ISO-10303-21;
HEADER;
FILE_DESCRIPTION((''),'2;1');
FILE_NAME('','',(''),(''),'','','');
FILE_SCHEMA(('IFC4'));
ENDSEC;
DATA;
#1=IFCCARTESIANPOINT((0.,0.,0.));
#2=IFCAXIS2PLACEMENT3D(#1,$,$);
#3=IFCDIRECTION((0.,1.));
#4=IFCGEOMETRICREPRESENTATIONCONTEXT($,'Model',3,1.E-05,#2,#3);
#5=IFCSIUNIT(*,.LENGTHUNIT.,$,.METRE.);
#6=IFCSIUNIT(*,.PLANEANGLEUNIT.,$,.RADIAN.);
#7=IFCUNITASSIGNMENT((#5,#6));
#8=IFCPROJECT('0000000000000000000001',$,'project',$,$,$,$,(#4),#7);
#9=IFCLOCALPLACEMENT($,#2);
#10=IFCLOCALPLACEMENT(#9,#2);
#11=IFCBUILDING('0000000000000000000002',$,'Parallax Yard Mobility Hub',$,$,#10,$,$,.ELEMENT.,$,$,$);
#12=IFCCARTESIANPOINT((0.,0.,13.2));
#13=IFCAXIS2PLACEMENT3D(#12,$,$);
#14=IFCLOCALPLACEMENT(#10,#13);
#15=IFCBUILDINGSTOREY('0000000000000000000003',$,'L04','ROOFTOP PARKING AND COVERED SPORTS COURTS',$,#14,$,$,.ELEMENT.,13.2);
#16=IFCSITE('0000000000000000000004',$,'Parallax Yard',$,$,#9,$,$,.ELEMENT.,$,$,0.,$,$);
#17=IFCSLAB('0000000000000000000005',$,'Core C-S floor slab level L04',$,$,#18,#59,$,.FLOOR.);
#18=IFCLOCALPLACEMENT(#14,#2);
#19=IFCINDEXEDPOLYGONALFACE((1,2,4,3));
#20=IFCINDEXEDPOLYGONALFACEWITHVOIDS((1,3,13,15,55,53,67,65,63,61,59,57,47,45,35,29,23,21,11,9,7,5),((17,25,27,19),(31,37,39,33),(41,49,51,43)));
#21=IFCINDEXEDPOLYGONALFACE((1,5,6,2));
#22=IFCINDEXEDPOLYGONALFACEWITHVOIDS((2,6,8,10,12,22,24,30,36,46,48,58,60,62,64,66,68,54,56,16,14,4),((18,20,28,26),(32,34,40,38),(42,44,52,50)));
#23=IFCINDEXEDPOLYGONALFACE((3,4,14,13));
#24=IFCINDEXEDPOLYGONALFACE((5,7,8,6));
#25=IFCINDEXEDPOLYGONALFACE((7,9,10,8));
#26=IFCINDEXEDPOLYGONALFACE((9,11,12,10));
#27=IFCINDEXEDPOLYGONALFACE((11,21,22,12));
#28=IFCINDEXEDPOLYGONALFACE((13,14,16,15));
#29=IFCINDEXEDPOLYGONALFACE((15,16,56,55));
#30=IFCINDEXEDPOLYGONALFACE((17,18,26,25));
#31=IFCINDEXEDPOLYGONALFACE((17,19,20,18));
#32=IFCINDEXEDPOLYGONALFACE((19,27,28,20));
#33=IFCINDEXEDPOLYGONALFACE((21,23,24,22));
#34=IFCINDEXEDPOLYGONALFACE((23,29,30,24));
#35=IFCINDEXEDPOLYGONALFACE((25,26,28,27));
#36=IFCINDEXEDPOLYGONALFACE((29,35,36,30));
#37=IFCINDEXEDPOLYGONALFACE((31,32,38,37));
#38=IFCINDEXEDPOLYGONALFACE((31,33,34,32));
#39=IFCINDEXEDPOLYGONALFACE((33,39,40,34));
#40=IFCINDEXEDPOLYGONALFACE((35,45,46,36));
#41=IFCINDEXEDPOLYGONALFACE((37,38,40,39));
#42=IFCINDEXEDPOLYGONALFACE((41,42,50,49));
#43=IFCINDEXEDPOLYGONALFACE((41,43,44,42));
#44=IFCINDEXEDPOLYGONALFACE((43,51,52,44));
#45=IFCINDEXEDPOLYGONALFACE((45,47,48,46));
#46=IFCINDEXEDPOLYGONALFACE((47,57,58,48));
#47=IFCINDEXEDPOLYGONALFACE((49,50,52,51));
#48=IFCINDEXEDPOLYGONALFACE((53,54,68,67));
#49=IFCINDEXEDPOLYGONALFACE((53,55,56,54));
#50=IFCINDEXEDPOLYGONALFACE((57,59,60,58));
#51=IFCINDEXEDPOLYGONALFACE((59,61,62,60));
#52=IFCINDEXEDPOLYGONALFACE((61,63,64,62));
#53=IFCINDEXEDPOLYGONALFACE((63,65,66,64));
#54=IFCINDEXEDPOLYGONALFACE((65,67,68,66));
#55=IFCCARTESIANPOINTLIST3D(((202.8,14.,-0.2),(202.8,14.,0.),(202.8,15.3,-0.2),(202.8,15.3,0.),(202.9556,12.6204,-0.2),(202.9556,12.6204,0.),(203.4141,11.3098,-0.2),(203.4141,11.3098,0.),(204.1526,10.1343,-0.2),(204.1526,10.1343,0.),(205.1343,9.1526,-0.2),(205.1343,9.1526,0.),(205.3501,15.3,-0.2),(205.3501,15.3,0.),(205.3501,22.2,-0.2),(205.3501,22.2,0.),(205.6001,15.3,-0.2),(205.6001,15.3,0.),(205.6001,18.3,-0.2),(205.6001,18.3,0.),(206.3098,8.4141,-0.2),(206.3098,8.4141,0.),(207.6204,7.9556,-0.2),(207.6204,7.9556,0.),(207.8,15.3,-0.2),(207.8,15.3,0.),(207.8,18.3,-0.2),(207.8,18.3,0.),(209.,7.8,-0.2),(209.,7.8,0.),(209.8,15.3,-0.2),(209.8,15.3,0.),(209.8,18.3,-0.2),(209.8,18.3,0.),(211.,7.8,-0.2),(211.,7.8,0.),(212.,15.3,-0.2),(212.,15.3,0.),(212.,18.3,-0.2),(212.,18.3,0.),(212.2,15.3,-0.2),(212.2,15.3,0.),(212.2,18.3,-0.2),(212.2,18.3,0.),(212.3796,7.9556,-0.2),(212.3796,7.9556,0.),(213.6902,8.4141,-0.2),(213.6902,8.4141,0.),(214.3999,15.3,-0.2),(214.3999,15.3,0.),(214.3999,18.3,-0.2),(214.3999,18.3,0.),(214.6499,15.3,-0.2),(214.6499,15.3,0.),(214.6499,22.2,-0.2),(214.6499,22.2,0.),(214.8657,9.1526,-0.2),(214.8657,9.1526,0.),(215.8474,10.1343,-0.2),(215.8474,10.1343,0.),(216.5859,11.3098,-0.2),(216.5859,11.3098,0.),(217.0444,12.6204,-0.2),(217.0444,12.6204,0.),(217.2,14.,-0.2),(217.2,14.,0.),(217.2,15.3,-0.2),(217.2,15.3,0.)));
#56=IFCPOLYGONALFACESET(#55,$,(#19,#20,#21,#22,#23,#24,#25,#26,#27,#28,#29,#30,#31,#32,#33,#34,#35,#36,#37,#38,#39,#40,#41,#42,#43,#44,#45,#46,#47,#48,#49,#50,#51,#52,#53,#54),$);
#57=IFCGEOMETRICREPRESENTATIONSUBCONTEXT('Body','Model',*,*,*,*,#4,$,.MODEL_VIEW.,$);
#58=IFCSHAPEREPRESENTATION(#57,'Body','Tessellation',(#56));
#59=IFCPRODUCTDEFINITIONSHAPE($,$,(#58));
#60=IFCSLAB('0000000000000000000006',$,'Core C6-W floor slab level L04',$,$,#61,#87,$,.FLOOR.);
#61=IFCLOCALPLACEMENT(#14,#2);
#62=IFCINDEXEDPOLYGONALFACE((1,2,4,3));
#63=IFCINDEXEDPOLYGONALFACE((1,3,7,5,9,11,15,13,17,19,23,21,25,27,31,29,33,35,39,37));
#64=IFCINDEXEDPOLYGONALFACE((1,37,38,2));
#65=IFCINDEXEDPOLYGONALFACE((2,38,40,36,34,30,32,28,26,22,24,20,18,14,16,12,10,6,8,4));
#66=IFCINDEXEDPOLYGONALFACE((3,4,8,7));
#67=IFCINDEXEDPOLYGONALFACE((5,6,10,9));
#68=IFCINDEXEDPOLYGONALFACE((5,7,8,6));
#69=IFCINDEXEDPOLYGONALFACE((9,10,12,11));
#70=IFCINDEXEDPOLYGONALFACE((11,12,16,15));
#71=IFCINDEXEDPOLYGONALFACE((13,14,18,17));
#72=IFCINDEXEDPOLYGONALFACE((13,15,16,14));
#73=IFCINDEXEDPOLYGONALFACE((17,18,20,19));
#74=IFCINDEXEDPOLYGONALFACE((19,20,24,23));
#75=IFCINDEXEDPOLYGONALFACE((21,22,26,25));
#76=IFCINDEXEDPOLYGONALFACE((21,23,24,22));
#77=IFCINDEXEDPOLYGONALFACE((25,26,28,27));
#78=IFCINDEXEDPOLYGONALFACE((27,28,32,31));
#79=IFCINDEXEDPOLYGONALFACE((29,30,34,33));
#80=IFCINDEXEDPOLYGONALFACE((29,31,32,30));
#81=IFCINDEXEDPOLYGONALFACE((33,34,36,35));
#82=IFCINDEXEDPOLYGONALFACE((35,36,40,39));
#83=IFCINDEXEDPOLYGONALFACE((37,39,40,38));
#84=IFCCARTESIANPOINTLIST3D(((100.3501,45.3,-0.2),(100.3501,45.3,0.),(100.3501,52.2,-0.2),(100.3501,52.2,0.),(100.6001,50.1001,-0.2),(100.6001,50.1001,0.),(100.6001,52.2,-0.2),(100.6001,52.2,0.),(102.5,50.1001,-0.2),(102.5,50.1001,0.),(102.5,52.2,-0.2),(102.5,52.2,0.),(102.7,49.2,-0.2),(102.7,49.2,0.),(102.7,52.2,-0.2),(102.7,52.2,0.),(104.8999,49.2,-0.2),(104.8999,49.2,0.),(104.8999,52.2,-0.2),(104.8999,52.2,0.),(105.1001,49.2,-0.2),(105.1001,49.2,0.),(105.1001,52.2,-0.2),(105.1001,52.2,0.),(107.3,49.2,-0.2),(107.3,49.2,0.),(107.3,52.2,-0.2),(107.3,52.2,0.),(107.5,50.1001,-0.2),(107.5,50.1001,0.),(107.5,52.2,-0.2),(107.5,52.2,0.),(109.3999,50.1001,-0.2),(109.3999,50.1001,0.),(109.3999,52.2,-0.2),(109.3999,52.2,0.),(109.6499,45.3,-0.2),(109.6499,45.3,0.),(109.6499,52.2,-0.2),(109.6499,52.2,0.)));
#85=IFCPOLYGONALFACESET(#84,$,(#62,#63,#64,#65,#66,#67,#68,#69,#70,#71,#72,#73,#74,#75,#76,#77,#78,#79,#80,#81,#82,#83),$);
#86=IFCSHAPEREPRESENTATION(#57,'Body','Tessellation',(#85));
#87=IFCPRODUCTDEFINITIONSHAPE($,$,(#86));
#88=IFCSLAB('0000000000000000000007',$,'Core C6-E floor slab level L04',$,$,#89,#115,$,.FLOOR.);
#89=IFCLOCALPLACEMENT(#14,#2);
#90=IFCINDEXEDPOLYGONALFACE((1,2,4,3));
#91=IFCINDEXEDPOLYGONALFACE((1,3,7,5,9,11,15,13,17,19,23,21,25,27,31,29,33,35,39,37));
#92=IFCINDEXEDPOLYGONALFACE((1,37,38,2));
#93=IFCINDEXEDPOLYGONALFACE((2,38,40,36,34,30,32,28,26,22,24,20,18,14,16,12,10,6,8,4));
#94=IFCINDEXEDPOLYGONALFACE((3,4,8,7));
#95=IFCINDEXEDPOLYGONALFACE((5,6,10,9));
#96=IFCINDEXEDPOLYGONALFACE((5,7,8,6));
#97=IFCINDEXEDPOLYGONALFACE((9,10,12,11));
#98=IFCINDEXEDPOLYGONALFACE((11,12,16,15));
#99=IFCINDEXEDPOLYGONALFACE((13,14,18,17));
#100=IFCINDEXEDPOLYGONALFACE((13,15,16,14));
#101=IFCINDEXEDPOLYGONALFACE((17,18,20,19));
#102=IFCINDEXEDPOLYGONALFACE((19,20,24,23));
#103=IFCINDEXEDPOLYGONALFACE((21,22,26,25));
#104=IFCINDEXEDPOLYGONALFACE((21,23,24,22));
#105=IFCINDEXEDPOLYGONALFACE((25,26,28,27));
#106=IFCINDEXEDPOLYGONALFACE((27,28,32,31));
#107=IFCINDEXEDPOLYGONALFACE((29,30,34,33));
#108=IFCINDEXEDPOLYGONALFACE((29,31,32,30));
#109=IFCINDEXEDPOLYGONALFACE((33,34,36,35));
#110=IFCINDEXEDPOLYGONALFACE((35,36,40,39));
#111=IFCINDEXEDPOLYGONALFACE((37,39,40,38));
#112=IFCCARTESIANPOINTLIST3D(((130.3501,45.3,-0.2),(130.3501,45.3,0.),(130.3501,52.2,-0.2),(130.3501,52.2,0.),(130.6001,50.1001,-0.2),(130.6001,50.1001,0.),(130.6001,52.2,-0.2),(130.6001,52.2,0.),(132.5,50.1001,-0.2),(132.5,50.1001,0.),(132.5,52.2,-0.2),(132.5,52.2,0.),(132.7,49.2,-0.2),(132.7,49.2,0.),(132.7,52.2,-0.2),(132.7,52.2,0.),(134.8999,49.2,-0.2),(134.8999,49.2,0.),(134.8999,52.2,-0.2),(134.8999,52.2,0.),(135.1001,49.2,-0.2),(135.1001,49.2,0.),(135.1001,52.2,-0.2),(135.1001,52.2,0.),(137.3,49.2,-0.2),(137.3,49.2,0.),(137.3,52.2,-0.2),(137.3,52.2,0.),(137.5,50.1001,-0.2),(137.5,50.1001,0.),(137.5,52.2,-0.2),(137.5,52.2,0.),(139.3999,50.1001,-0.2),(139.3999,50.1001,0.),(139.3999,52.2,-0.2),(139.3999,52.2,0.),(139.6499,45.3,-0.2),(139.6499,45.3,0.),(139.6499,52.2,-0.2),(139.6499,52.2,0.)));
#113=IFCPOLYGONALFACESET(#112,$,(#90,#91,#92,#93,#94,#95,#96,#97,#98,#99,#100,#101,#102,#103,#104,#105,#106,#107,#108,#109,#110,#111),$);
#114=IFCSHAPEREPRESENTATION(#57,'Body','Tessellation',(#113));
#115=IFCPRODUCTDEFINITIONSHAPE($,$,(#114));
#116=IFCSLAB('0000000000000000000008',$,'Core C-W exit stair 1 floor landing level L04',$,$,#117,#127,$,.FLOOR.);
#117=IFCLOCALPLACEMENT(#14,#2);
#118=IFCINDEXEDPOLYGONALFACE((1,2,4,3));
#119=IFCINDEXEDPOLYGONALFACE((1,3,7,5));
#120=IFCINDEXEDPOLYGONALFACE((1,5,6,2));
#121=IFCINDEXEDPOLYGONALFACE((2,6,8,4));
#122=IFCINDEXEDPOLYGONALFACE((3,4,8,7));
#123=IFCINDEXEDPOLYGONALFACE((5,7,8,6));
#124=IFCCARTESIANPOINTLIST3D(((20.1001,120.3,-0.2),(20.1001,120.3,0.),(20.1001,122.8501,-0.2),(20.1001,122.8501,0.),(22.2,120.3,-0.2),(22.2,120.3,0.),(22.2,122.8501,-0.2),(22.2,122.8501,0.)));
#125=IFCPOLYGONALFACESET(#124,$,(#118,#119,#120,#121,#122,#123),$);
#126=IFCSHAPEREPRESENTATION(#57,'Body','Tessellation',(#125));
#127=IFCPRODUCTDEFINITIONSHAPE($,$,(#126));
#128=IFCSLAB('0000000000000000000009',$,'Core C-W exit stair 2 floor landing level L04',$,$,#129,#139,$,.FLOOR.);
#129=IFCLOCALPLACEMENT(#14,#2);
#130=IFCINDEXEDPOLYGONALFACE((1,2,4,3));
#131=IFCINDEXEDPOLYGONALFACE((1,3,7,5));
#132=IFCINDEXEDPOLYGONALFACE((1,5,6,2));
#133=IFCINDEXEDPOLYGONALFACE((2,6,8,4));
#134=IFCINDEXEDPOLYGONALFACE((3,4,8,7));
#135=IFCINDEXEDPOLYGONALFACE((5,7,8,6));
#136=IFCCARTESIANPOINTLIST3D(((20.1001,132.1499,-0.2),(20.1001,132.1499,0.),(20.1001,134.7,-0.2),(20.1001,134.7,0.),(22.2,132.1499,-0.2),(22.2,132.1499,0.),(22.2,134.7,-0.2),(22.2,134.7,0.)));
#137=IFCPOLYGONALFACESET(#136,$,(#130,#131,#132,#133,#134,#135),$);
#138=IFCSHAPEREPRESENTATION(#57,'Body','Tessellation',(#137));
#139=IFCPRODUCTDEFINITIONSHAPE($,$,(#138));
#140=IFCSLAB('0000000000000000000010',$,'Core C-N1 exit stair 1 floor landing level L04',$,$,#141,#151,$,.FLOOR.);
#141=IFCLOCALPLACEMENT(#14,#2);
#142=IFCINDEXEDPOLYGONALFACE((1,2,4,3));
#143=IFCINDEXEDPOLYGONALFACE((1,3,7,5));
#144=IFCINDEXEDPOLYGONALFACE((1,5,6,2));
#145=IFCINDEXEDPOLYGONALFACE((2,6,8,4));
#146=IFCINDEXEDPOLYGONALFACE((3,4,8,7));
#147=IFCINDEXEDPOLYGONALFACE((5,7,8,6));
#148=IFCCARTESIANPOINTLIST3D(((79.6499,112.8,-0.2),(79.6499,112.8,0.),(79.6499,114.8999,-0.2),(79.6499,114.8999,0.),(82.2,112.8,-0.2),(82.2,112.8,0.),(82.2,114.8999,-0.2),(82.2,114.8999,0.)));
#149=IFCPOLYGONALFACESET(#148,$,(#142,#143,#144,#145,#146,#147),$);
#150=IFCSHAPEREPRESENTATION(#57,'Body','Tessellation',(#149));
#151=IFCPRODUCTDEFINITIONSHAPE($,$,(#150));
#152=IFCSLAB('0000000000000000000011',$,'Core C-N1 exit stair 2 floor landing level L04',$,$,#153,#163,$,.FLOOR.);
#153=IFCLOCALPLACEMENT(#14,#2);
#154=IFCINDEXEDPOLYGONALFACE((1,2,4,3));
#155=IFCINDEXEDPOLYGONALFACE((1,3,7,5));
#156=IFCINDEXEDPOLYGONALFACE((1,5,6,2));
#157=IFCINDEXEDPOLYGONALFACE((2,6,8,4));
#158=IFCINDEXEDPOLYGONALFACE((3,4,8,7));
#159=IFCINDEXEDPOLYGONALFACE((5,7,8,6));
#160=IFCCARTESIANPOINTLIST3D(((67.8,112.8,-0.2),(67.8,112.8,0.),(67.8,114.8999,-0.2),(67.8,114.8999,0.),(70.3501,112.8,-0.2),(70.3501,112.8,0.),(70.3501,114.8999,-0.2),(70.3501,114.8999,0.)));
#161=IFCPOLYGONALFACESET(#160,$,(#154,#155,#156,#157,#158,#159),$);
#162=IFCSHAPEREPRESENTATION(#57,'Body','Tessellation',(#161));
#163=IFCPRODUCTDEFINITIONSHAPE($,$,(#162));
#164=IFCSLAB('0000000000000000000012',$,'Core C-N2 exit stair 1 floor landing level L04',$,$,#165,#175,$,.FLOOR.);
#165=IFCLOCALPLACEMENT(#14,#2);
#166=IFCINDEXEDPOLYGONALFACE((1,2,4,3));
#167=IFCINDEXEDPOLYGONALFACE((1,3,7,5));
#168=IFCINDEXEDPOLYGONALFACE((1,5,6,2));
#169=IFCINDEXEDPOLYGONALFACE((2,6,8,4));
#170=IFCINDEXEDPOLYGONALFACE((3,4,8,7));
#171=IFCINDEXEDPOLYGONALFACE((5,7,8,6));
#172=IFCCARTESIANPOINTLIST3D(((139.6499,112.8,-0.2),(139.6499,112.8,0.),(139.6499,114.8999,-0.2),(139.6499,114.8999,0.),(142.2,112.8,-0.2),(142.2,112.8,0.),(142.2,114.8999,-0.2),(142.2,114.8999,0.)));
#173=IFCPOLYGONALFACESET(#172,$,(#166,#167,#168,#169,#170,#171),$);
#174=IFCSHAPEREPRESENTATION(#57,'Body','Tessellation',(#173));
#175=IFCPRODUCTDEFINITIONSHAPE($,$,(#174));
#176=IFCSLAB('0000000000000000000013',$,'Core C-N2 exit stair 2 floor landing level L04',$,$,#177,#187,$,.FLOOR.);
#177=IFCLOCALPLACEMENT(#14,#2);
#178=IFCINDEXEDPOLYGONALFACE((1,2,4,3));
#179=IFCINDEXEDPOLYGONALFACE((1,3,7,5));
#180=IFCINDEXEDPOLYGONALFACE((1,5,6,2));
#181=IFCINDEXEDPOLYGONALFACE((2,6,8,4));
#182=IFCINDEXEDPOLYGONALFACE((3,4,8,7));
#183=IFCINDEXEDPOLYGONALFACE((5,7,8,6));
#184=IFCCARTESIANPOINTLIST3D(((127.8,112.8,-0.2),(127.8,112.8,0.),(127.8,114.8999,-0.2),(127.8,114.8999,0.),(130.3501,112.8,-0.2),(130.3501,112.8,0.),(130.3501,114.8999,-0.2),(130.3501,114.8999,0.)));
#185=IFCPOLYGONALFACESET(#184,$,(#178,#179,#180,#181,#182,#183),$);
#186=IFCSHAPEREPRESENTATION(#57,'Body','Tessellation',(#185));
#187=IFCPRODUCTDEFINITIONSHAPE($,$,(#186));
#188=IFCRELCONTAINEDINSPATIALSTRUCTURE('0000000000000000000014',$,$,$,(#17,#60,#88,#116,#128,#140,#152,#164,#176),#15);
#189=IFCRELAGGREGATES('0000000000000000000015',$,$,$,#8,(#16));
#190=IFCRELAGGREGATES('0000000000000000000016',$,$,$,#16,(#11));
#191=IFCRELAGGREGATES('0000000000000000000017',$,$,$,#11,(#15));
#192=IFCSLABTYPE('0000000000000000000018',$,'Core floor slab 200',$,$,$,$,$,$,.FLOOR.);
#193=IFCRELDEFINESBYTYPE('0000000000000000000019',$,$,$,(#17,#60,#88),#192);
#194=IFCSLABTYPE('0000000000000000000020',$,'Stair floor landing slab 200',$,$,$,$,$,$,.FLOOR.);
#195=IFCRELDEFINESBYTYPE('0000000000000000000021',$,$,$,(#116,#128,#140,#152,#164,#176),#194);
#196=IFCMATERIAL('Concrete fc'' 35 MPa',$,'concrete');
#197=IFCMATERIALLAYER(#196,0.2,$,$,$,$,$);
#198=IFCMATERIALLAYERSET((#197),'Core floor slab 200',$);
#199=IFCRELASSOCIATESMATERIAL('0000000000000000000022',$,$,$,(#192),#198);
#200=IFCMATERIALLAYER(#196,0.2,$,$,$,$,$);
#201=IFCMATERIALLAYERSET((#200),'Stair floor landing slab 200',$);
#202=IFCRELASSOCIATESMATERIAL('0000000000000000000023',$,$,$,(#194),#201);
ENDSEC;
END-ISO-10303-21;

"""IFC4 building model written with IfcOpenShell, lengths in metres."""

from ifc_helpers import new_model, si_unit, direction, frame, origin, place, context, subcontext, project, spatial, polyline, outline, extrude, material, layer, layer_set, type_object, element, save


model = new_model("IFC4")

# Units and contexts
model_context = context("Model", 3, precision=1e-05, world=origin(), true_north=direction((0.0, 1.0)))
body_context = subcontext(model_context, "Body", "Model", "MODEL_VIEW")
ifc_project = project(units=[si_unit("LENGTHUNIT", "METRE"), si_unit("PLANEANGLEUNIT", "RADIAN")], contexts=[model_context])

# Site, building, storey
site_placement = place(None, origin())
site = spatial("IfcSite", under=ifc_project, at=site_placement, Name="Parallax Yard", CompositionType="ELEMENT", RefElevation=0.0)
building_placement = place(site_placement, origin())
building = spatial("IfcBuilding", under=site, at=building_placement, Name="Parallax Yard Mobility Hub", CompositionType="ELEMENT")
storey_placement = place(building_placement, frame((0.0, 0.0, 13.2)))
storey = spatial("IfcBuildingStorey", under=building, at=storey_placement, Name="L04", Description="ROOFTOP PARKING AND COVERED SPORTS COURTS", CompositionType="ELEMENT", Elevation=13.2)

# Slabs
ifc_material_1 = material(Name="Concrete fc' 35 MPa", Category="concrete")
ifc_layer_1 = layer(ifc_material_1, 0.2)
ifc_layer_set_1 = layer_set([ifc_layer_1], Name="Core floor slab 200")
slab_type_1 = type_object("IfcSlabType", Name="Core floor slab 200", PredefinedType="FLOOR", material=ifc_layer_set_1)
slab_1_placement = place(storey_placement, frame((0.0, 0.0, -0.2)))
element("IfcSlab", 1, at=slab_1_placement, inside=storey, type_object=slab_type_1, Name="Core C-S floor slab level L04", PredefinedType="FLOOR", context=body_context, shape_type="SweptSolid", body=[
    extrude(outline(polyline([(216.5859, 11.3098), (215.8474, 10.1343), (214.8657, 9.1526), (213.6902, 8.4141), (212.3796, 7.9556), (211.0, 7.8), (209.0, 7.8), (207.6204, 7.9556), (206.3098, 8.4141), (205.1343, 9.1526), (204.1526, 10.1343), (203.4141, 11.3098), (202.9556, 12.6204), (202.8, 14.0), (202.8, 15.3), (205.3501, 15.3), (205.3501, 22.2), (214.6499, 22.2), (214.6499, 15.3), (217.2, 15.3), (217.2, 14.0), (217.0444, 12.6204), (216.5859, 11.3098)]), holes=[polyline([(214.3999, 18.3), (212.2, 18.3), (212.2, 15.3), (214.3999, 15.3), (214.3999, 18.3)]), polyline([(212.0, 15.3), (212.0, 18.3), (209.8, 18.3), (209.8, 15.3), (212.0, 15.3)]), polyline([(205.6001, 15.3), (207.8, 15.3), (207.8, 18.3), (205.6001, 18.3), (205.6001, 15.3)])]), origin(), (0.0, 0.0, 1.0), 0.2),
])
slab_2_placement = place(storey_placement, frame((0.0, 0.0, -0.2)))
element("IfcSlab", 2, at=slab_2_placement, inside=storey, type_object=slab_type_1, Name="Core C6-W floor slab level L04", PredefinedType="FLOOR", context=body_context, shape_type="SweptSolid", body=[
    extrude(outline(polyline([(104.8999, 49.2), (104.8999, 52.2), (105.1001, 52.2), (105.1001, 49.2), (107.3, 49.2), (107.3, 52.2), (107.5, 52.2), (107.5, 50.1001), (109.3999, 50.1001), (109.3999, 52.2), (109.6499, 52.2), (109.6499, 45.3), (100.3501, 45.3), (100.3501, 52.2), (100.6001, 52.2), (100.6001, 50.1001), (102.5, 50.1001), (102.5, 52.2), (102.7, 52.2), (102.7, 49.2), (104.8999, 49.2)])), origin(), (0.0, 0.0, 1.0), 0.2),
])
slab_3_placement = place(storey_placement, frame((0.0, 0.0, -0.2)))
element("IfcSlab", 3, at=slab_3_placement, inside=storey, type_object=slab_type_1, Name="Core C6-E floor slab level L04", PredefinedType="FLOOR", context=body_context, shape_type="SweptSolid", body=[
    extrude(outline(polyline([(134.8999, 49.2), (134.8999, 52.2), (135.1001, 52.2), (135.1001, 49.2), (137.3, 49.2), (137.3, 52.2), (137.5, 52.2), (137.5, 50.1001), (139.3999, 50.1001), (139.3999, 52.2), (139.6499, 52.2), (139.6499, 45.3), (130.3501, 45.3), (130.3501, 52.2), (130.6001, 52.2), (130.6001, 50.1001), (132.5, 50.1001), (132.5, 52.2), (132.7, 52.2), (132.7, 49.2), (134.8999, 49.2)])), origin(), (0.0, 0.0, 1.0), 0.2),
])
ifc_layer_2 = layer(ifc_material_1, 0.2)
ifc_layer_set_2 = layer_set([ifc_layer_2], Name="Stair floor landing slab 200")
slab_type_2 = type_object("IfcSlabType", Name="Stair floor landing slab 200", PredefinedType="FLOOR", material=ifc_layer_set_2)
slab_4_placement = place(storey_placement, frame((0.0, 0.0, -0.2)))
element("IfcSlab", 4, at=slab_4_placement, inside=storey, type_object=slab_type_2, Name="Core C-W exit stair 1 floor landing level L04", PredefinedType="FLOOR", context=body_context, shape_type="SweptSolid", body=[
    extrude(outline(polyline([(20.1001, 120.3), (20.1001, 122.8501), (22.2, 122.8501), (22.2, 120.3), (20.1001, 120.3)])), origin(), (0.0, 0.0, 1.0), 0.2),
])
slab_5_placement = place(storey_placement, frame((0.0, 0.0, -0.2)))
element("IfcSlab", 5, at=slab_5_placement, inside=storey, type_object=slab_type_2, Name="Core C-W exit stair 2 floor landing level L04", PredefinedType="FLOOR", context=body_context, shape_type="SweptSolid", body=[
    extrude(outline(polyline([(20.1001, 132.1499), (20.1001, 134.7), (22.2, 134.7), (22.2, 132.1499), (20.1001, 132.1499)])), origin(), (0.0, 0.0, 1.0), 0.2),
])
slab_6_placement = place(storey_placement, frame((0.0, 0.0, -0.2)))
element("IfcSlab", 6, at=slab_6_placement, inside=storey, type_object=slab_type_2, Name="Core C-N1 exit stair 1 floor landing level L04", PredefinedType="FLOOR", context=body_context, shape_type="SweptSolid", body=[
    extrude(outline(polyline([(79.6499, 114.8999), (79.6499, 112.8), (82.2, 112.8), (82.2, 114.8999), (79.6499, 114.8999)])), origin(), (0.0, 0.0, 1.0), 0.2),
])
slab_7_placement = place(storey_placement, frame((0.0, 0.0, -0.2)))
element("IfcSlab", 7, at=slab_7_placement, inside=storey, type_object=slab_type_2, Name="Core C-N1 exit stair 2 floor landing level L04", PredefinedType="FLOOR", context=body_context, shape_type="SweptSolid", body=[
    extrude(outline(polyline([(67.8, 114.8999), (67.8, 112.8), (70.3501, 112.8), (70.3501, 114.8999), (67.8, 114.8999)])), origin(), (0.0, 0.0, 1.0), 0.2),
])
slab_8_placement = place(storey_placement, frame((0.0, 0.0, -0.2)))
element("IfcSlab", 8, at=slab_8_placement, inside=storey, type_object=slab_type_2, Name="Core C-N2 exit stair 1 floor landing level L04", PredefinedType="FLOOR", context=body_context, shape_type="SweptSolid", body=[
    extrude(outline(polyline([(139.6499, 114.8999), (139.6499, 112.8), (142.2, 112.8), (142.2, 114.8999), (139.6499, 114.8999)])), origin(), (0.0, 0.0, 1.0), 0.2),
])
slab_9_placement = place(storey_placement, frame((0.0, 0.0, -0.2)))
element("IfcSlab", 9, at=slab_9_placement, inside=storey, type_object=slab_type_2, Name="Core C-N2 exit stair 2 floor landing level L04", PredefinedType="FLOOR", context=body_context, shape_type="SweptSolid", body=[
    extrude(outline(polyline([(127.8, 114.8999), (127.8, 112.8), (130.3501, 112.8), (130.3501, 114.8999), (127.8, 114.8999)])), origin(), (0.0, 0.0, 1.0), 0.2),
])

save(model, "model.ifc")
